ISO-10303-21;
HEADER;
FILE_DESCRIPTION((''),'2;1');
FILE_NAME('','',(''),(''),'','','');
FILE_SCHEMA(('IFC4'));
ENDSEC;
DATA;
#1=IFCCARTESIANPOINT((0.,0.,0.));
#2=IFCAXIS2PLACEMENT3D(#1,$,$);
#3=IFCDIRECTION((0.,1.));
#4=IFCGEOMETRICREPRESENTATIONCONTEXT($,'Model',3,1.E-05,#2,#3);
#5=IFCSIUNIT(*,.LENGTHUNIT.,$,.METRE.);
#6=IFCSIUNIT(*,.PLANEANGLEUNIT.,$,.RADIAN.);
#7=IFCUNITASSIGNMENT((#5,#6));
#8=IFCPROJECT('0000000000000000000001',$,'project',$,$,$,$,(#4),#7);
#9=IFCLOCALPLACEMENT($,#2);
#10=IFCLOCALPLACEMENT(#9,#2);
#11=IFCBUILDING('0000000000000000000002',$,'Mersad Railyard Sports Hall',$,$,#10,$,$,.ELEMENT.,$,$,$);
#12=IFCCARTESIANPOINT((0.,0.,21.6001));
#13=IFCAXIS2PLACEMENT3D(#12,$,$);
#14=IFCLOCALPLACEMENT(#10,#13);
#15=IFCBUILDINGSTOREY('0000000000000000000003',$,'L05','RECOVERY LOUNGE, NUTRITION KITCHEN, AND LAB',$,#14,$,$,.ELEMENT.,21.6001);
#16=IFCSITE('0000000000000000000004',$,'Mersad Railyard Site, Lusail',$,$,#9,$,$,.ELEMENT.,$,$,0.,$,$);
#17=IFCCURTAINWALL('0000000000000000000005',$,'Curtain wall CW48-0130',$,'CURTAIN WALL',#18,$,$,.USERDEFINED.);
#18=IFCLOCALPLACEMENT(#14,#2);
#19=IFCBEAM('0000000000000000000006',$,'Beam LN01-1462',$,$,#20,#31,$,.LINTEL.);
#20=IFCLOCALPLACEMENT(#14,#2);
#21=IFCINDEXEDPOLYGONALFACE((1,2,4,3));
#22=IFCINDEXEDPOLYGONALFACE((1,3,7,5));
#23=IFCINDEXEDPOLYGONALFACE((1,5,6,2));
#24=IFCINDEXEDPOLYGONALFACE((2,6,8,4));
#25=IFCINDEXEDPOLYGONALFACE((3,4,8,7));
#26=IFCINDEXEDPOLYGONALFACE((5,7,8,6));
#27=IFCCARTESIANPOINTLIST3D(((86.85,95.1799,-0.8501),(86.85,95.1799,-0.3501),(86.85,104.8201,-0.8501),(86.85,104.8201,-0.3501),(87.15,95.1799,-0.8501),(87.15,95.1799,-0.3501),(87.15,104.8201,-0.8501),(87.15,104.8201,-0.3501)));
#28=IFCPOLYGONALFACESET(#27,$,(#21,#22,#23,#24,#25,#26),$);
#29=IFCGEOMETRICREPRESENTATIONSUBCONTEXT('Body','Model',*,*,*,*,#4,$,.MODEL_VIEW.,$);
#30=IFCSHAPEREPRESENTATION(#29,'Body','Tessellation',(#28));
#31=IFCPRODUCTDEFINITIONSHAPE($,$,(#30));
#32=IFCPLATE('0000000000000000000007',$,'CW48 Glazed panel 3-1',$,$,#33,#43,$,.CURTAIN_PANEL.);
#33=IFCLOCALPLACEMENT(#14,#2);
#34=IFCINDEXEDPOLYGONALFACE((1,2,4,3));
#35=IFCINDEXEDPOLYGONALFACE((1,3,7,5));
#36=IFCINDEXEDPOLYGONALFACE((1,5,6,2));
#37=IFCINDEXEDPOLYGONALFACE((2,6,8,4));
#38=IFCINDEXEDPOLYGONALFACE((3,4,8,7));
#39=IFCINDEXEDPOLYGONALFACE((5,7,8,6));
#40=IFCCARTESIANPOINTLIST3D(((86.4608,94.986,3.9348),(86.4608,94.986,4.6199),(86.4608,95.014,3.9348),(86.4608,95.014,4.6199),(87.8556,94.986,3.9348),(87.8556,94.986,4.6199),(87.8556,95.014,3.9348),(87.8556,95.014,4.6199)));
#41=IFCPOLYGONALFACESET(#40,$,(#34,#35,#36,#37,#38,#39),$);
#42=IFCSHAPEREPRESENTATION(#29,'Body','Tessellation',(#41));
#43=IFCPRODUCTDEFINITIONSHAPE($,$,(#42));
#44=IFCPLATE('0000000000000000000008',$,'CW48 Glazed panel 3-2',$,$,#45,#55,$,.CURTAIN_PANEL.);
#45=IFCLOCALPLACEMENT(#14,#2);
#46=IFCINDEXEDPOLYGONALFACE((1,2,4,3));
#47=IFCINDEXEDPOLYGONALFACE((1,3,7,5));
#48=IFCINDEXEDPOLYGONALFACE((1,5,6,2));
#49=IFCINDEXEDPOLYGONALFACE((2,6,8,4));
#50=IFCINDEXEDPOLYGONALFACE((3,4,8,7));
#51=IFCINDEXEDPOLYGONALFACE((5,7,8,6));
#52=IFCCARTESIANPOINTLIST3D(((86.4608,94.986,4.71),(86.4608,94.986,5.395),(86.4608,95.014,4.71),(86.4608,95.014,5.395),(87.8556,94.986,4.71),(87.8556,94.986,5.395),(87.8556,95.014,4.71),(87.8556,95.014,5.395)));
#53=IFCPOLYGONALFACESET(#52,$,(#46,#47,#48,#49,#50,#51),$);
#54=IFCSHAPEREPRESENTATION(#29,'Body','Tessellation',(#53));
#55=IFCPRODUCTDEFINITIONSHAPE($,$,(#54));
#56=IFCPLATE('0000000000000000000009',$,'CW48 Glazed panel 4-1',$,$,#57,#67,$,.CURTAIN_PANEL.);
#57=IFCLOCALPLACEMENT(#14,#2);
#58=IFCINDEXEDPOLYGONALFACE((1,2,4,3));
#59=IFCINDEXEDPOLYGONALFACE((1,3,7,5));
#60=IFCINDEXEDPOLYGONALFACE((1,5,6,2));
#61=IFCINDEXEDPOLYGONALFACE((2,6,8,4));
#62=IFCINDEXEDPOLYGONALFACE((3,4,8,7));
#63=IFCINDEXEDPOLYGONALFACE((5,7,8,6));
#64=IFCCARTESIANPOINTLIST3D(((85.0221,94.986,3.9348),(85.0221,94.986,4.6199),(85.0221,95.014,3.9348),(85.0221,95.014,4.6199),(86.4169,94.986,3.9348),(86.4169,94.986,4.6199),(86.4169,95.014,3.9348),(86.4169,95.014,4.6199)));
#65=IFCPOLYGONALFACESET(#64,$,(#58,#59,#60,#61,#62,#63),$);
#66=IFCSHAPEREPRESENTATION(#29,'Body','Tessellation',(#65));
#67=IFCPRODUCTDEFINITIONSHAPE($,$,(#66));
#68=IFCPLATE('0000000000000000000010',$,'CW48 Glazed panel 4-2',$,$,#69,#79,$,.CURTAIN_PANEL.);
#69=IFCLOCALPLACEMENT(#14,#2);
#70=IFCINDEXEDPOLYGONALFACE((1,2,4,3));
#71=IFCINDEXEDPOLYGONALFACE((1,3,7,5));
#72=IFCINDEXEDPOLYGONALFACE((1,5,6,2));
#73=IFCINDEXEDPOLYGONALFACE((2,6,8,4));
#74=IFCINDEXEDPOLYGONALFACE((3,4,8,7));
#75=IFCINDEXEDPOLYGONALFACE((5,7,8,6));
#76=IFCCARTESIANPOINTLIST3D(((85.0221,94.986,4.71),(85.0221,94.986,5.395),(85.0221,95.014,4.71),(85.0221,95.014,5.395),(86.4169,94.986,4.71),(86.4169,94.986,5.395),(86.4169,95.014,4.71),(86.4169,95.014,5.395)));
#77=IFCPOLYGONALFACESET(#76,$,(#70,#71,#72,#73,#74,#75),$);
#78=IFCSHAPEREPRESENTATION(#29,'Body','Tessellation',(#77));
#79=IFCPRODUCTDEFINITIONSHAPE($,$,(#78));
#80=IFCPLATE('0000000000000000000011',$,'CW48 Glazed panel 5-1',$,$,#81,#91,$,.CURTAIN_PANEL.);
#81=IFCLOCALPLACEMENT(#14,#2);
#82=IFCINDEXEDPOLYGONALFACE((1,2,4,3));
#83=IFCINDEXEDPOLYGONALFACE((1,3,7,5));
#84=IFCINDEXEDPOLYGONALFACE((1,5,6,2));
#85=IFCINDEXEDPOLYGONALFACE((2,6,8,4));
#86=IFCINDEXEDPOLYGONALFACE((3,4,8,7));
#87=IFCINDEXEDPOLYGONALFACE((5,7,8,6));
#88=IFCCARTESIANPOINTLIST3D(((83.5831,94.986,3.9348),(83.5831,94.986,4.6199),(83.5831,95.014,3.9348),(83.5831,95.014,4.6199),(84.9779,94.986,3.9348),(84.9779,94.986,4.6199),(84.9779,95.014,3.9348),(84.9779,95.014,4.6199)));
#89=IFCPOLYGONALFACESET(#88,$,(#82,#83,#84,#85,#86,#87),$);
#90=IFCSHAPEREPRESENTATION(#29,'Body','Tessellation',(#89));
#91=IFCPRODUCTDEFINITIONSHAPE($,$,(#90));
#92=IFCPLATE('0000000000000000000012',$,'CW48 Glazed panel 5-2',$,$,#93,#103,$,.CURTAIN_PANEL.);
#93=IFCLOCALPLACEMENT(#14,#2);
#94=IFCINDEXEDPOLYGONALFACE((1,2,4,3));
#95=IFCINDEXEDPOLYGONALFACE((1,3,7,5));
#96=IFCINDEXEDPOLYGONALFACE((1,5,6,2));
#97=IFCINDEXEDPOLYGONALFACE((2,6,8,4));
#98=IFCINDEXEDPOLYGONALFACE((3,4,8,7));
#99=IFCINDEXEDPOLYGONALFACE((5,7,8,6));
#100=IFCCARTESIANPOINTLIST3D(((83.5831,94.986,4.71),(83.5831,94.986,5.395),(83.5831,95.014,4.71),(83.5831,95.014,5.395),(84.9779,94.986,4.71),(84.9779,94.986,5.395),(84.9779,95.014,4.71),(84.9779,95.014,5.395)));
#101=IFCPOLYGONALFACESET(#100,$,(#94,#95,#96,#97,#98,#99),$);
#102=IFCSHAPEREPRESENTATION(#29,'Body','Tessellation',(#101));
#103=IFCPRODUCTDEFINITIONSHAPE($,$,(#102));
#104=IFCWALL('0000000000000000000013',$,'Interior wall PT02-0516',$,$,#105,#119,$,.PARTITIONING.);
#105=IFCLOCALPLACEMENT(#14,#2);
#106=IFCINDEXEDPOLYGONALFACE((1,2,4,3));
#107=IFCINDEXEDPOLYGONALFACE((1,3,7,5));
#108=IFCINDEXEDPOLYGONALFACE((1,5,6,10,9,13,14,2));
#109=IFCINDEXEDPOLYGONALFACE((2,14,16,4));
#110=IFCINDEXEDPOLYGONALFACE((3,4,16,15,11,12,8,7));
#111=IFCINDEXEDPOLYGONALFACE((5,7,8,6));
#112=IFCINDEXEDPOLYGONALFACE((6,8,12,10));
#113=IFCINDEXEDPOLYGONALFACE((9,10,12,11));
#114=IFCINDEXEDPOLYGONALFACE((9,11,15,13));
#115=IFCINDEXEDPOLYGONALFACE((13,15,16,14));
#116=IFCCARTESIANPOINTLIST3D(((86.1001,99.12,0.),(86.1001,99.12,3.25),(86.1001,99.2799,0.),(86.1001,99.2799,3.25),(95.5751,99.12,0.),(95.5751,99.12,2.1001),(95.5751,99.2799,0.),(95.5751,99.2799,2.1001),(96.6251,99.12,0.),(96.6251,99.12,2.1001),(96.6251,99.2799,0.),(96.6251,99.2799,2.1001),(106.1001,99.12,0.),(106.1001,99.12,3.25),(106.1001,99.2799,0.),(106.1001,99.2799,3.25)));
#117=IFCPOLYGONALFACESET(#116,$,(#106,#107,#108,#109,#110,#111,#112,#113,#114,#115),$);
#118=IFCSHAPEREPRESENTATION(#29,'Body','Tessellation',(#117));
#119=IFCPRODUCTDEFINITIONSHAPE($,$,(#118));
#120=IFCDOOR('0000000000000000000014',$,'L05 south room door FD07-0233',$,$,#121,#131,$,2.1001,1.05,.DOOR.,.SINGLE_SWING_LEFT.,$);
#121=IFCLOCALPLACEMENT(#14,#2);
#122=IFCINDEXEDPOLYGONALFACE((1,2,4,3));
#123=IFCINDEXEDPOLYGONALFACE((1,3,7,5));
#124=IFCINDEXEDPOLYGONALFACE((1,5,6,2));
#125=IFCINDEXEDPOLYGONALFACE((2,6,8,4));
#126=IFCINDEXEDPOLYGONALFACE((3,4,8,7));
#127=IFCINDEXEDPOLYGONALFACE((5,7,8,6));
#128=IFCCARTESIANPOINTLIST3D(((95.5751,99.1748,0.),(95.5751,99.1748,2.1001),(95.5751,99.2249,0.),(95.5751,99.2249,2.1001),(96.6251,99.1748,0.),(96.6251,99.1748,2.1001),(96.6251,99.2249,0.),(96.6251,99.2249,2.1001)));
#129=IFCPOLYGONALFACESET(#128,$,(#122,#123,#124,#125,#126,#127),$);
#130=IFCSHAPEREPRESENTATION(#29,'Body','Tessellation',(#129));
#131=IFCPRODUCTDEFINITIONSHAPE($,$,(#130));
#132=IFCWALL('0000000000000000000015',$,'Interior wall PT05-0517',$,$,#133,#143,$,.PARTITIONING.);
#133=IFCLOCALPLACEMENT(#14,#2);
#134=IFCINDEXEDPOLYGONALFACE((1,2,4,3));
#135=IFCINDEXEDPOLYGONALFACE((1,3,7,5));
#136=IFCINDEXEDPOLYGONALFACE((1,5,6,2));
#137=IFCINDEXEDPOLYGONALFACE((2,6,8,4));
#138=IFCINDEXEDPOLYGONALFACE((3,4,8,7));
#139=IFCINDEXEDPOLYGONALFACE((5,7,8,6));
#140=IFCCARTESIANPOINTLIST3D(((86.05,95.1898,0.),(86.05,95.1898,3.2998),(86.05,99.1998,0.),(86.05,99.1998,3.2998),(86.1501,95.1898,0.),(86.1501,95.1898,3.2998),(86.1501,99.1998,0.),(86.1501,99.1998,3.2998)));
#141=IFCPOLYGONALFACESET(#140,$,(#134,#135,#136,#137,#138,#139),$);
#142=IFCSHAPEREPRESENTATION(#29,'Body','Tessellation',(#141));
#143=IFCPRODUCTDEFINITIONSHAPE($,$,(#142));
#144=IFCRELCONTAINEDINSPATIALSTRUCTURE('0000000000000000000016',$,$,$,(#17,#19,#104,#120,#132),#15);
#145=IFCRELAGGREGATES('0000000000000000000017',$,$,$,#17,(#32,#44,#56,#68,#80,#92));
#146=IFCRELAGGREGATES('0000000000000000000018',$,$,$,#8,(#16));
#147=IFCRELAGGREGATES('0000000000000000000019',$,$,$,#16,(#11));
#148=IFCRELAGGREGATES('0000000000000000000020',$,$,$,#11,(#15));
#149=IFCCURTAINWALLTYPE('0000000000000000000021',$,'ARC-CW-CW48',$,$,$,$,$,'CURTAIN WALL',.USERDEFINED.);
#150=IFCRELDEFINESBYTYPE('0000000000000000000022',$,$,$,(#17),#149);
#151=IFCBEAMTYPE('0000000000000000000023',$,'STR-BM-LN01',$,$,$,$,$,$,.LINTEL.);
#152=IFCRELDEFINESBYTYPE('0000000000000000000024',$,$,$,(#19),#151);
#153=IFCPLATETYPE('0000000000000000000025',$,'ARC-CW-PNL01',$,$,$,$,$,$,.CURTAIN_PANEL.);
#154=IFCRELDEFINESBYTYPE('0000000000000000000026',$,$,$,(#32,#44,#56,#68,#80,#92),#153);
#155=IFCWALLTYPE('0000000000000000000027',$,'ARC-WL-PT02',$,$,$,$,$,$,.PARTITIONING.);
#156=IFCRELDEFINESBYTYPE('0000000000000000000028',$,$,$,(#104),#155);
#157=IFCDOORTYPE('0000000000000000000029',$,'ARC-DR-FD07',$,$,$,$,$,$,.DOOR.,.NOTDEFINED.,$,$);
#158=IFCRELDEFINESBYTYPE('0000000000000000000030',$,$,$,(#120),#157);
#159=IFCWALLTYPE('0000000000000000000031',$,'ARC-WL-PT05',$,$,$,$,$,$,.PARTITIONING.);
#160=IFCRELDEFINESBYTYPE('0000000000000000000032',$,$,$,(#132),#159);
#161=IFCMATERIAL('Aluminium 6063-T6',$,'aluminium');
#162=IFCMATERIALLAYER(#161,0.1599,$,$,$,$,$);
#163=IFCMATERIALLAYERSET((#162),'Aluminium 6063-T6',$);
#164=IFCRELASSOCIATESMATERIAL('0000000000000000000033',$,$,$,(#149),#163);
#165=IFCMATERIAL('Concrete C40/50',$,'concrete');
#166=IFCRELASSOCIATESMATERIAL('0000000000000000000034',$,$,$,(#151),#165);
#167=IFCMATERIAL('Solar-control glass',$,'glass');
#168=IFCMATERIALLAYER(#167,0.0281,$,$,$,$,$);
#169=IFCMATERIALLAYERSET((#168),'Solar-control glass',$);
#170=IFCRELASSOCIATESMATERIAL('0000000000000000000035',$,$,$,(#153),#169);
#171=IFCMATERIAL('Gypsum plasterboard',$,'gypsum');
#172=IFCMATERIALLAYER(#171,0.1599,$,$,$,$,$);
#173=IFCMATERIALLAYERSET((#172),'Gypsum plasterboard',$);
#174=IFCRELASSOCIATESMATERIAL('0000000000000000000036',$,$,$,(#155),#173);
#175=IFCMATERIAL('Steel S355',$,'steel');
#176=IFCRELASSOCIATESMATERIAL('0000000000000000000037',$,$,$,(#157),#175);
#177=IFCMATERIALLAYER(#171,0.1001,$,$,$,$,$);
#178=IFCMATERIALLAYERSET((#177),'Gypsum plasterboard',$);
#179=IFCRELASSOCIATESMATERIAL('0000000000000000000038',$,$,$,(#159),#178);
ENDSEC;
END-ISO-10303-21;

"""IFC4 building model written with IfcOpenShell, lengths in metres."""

from ifc_helpers import new_model, si_unit, direction, frame, frame_2d, origin, origin_2d, place, context, subcontext, project, spatial, rectangle, extrude, material, layer, layer_set, material_profile, profile_set, type_object, element, fill, aggregate, save


model = new_model("IFC4")

# Units and contexts
model_context = context("Model", 3, precision=1e-05, world=origin(), true_north=direction((0.0, 1.0)))
body_context = subcontext(model_context, "Body", "Model", "MODEL_VIEW")
ifc_project = project(units=[si_unit("LENGTHUNIT", "METRE"), si_unit("PLANEANGLEUNIT", "RADIAN")], contexts=[model_context])

# Site, building, storey
site_placement = place(None, origin())
site = spatial("IfcSite", under=ifc_project, at=site_placement, Name="Mersad Railyard Site, Lusail", CompositionType="ELEMENT", RefElevation=0.0)
building_placement = place(site_placement, origin())
building = spatial("IfcBuilding", under=site, at=building_placement, Name="Mersad Railyard Sports Hall", CompositionType="ELEMENT")
storey_placement = place(building_placement, frame((0.0, 0.0, 21.6001)))
storey = spatial("IfcBuildingStorey", under=building, at=storey_placement, Name="L05", Description="RECOVERY LOUNGE, NUTRITION KITCHEN, AND LAB", CompositionType="ELEMENT", Elevation=21.6001)

# Curtain wall
ifc_material_1 = material(Name="Aluminium 6063-T6", Category="aluminium")
ifc_layer_1 = layer(ifc_material_1, 0.1599)
ifc_layer_set_1 = layer_set([ifc_layer_1], Name="Aluminium 6063-T6")
curtain_wall_type = type_object("IfcCurtainWallType", Name="ARC-CW-CW48", ElementType="CURTAIN WALL", PredefinedType="USERDEFINED", material=ifc_layer_set_1)
curtain_wall_placement = place(storey_placement, origin())
curtain_wall = element("IfcCurtainWall", 1, at=curtain_wall_placement, inside=storey, type_object=curtain_wall_type, Name="Curtain wall CW48-0130", ObjectType="CURTAIN WALL", PredefinedType="USERDEFINED")

# Beam
ifc_material_2 = material(Name="Concrete C40/50", Category="concrete")
ifc_material_profile_1 = material_profile(ifc_material_2, rectangle(XDim=0.3, YDim=0.5, at=origin_2d()), Name="RC 300x500")
ifc_profile_set_1 = profile_set([ifc_material_profile_1], Name="Concrete C40/50")
beam_type = type_object("IfcBeamType", Name="STR-BM-LN01", PredefinedType="LINTEL", material=ifc_profile_set_1)
beam_placement = place(storey_placement, frame((87.0, 95.1799, -0.6001), z_axis=(0.0, 1.0, 0.0), x_axis=(-1.0, 0.0, 0.0)))
element("IfcBeam", 2, at=beam_placement, inside=storey, type_object=beam_type, Name="Beam LN01-1462", PredefinedType="LINTEL", context=body_context, shape_type="SweptSolid", body=[
    extrude(rectangle(XDim=0.3, YDim=0.5, at=origin_2d()), origin(), (0.0, 0.0, 1.0), 9.6401),
])

# Plates
ifc_material_3 = material(Name="Solar-control glass", Category="glass")
ifc_layer_2 = layer(ifc_material_3, 0.0281)
ifc_layer_set_2 = layer_set([ifc_layer_2], Name="Solar-control glass")
plate_type = type_object("IfcPlateType", Name="ARC-CW-PNL01", PredefinedType="CURTAIN_PANEL", material=ifc_layer_set_2)
plate_1_placement = place(storey_placement, frame((87.1582, 95.0, 3.9348), z_axis=(0.0, 0.0, 1.0), x_axis=(-1.0, 0.0, 0.0)))
plate_1 = element("IfcPlate", 3, at=plate_1_placement, type_object=plate_type, Name="CW48 Glazed panel 3-1", PredefinedType="CURTAIN_PANEL", context=body_context, shape_type="SweptSolid", body=[
    extrude(rectangle(XDim=1.3948, YDim=0.0281, at=origin_2d()), origin(), (0.0, 0.0, 1.0), 0.6851),
])
plate_2_placement = place(storey_placement, frame((87.1582, 95.0, 4.71), z_axis=(0.0, 0.0, 1.0), x_axis=(-1.0, 0.0, 0.0)))
plate_2 = element("IfcPlate", 4, at=plate_2_placement, type_object=plate_type, Name="CW48 Glazed panel 3-2", PredefinedType="CURTAIN_PANEL", context=body_context, shape_type="SweptSolid", body=[
    extrude(rectangle(XDim=1.3948, YDim=0.0281, at=origin_2d()), origin(), (0.0, 0.0, 1.0), 0.6851),
])
plate_3_placement = place(storey_placement, frame((85.7195, 95.0, 3.9348), z_axis=(0.0, 0.0, 1.0), x_axis=(-1.0, 0.0, 0.0)))
plate_3 = element("IfcPlate", 5, at=plate_3_placement, type_object=plate_type, Name="CW48 Glazed panel 4-1", PredefinedType="CURTAIN_PANEL", context=body_context, shape_type="SweptSolid", body=[
    extrude(rectangle(XDim=1.3948, YDim=0.0281, at=origin_2d()), origin(), (0.0, 0.0, 1.0), 0.6851),
])
plate_4_placement = place(storey_placement, frame((85.7195, 95.0, 4.71), z_axis=(0.0, 0.0, 1.0), x_axis=(-1.0, 0.0, 0.0)))
plate_4 = element("IfcPlate", 6, at=plate_4_placement, type_object=plate_type, Name="CW48 Glazed panel 4-2", PredefinedType="CURTAIN_PANEL", context=body_context, shape_type="SweptSolid", body=[
    extrude(rectangle(XDim=1.3948, YDim=0.0281, at=origin_2d()), origin(), (0.0, 0.0, 1.0), 0.6851),
])
plate_5_placement = place(storey_placement, frame((84.2805, 95.0, 3.9348), z_axis=(0.0, 0.0, 1.0), x_axis=(-1.0, 0.0, 0.0)))
plate_5 = element("IfcPlate", 7, at=plate_5_placement, type_object=plate_type, Name="CW48 Glazed panel 5-1", PredefinedType="CURTAIN_PANEL", context=body_context, shape_type="SweptSolid", body=[
    extrude(rectangle(XDim=1.3948, YDim=0.0281, at=origin_2d()), origin(), (0.0, 0.0, 1.0), 0.6851),
])
plate_6_placement = place(storey_placement, frame((84.2805, 95.0, 4.71), z_axis=(0.0, 0.0, 1.0), x_axis=(-1.0, 0.0, 0.0)))
plate_6 = element("IfcPlate", 8, at=plate_6_placement, type_object=plate_type, Name="CW48 Glazed panel 5-2", PredefinedType="CURTAIN_PANEL", context=body_context, shape_type="SweptSolid", body=[
    extrude(rectangle(XDim=1.3948, YDim=0.0281, at=origin_2d()), origin(), (0.0, 0.0, 1.0), 0.6851),
])
aggregate(curtain_wall, [plate_1, plate_2, plate_3, plate_4, plate_5, plate_6])

# Wall, opening, door
ifc_material_4 = material(Name="Gypsum plasterboard", Category="gypsum")
ifc_layer_3 = layer(ifc_material_4, 0.1599)
ifc_layer_set_3 = layer_set([ifc_layer_3], Name="Gypsum plasterboard")
wall_type_1 = type_object("IfcWallType", Name="ARC-WL-PT02", PredefinedType="PARTITIONING", material=ifc_layer_set_3)
wall_1_placement = place(storey_placement, frame((86.1001, 99.2, 0.0), z_axis=(0.0, 0.0, 1.0), x_axis=(1.0, 0.0, 0.0)))
wall_1 = element("IfcWall", 9, at=wall_1_placement, inside=storey, type_object=wall_type_1, Name="Interior wall PT02-0516", PredefinedType="PARTITIONING", context=body_context, shape_type="SweptSolid", body=[
    extrude(rectangle(XDim=20.0, YDim=0.1599, at=frame_2d((10.0, 0.0))), origin(), (0.0, 0.0, 1.0), 3.25),
])
opening_placement = place(wall_1_placement, frame((9.4751, 0.0, 0.0)))
opening = element("IfcOpeningElement", 10, at=opening_placement, cuts=wall_1, PredefinedType="OPENING", context=body_context, shape_type="SweptSolid", body=[
    extrude(rectangle(XDim=1.05, YDim=2.1001, at=frame_2d((0.5249, 1.05))), frame((0.0, 0.0898, 0.0), z_axis=(0.0, -1.0, 0.0), x_axis=(1.0, 0.0, 0.0)), (0.0, 0.0, 1.0), 0.1799),
])
ifc_material_5 = material(Name="Steel S355", Category="steel")
door_type = type_object("IfcDoorType", Name="ARC-DR-FD07", OperationType="NOTDEFINED", PredefinedType="DOOR", material=ifc_material_5)
door_placement = place(opening_placement, origin())
door = element("IfcDoor", 11, at=door_placement, inside=storey, type_object=door_type, Name="L05 south room door FD07-0233", OperationType="SINGLE_SWING_LEFT", OverallHeight=2.1001, OverallWidth=1.05, PredefinedType="DOOR", context=body_context, shape_type="SweptSolid", body=[
    extrude(rectangle(XDim=1.05, YDim=2.1001, at=frame_2d((0.5249, 1.05))), frame((0.0, 0.0249, 0.0), z_axis=(0.0, -1.0, 0.0), x_axis=(1.0, 0.0, 0.0)), (0.0, 0.0, 1.0), 0.05),
])
fill(opening, door)

# Wall
ifc_layer_4 = layer(ifc_material_4, 0.1001)
ifc_layer_set_4 = layer_set([ifc_layer_4], Name="Gypsum plasterboard")
wall_type_2 = type_object("IfcWallType", Name="ARC-WL-PT05", PredefinedType="PARTITIONING", material=ifc_layer_set_4)
wall_2_placement = place(storey_placement, frame((86.1001, 95.1899, 0.0), z_axis=(0.0, 0.0, 1.0), x_axis=(0.0, 1.0, 0.0)))
element("IfcWall", 12, at=wall_2_placement, inside=storey, type_object=wall_type_2, Name="Interior wall PT05-0517", PredefinedType="PARTITIONING", context=body_context, shape_type="SweptSolid", body=[
    extrude(rectangle(XDim=4.01, YDim=0.1001, at=frame_2d((2.0049, 0.0))), origin(), (0.0, 0.0, 1.0), 3.2998),
])

save(model, "model.ifc")
